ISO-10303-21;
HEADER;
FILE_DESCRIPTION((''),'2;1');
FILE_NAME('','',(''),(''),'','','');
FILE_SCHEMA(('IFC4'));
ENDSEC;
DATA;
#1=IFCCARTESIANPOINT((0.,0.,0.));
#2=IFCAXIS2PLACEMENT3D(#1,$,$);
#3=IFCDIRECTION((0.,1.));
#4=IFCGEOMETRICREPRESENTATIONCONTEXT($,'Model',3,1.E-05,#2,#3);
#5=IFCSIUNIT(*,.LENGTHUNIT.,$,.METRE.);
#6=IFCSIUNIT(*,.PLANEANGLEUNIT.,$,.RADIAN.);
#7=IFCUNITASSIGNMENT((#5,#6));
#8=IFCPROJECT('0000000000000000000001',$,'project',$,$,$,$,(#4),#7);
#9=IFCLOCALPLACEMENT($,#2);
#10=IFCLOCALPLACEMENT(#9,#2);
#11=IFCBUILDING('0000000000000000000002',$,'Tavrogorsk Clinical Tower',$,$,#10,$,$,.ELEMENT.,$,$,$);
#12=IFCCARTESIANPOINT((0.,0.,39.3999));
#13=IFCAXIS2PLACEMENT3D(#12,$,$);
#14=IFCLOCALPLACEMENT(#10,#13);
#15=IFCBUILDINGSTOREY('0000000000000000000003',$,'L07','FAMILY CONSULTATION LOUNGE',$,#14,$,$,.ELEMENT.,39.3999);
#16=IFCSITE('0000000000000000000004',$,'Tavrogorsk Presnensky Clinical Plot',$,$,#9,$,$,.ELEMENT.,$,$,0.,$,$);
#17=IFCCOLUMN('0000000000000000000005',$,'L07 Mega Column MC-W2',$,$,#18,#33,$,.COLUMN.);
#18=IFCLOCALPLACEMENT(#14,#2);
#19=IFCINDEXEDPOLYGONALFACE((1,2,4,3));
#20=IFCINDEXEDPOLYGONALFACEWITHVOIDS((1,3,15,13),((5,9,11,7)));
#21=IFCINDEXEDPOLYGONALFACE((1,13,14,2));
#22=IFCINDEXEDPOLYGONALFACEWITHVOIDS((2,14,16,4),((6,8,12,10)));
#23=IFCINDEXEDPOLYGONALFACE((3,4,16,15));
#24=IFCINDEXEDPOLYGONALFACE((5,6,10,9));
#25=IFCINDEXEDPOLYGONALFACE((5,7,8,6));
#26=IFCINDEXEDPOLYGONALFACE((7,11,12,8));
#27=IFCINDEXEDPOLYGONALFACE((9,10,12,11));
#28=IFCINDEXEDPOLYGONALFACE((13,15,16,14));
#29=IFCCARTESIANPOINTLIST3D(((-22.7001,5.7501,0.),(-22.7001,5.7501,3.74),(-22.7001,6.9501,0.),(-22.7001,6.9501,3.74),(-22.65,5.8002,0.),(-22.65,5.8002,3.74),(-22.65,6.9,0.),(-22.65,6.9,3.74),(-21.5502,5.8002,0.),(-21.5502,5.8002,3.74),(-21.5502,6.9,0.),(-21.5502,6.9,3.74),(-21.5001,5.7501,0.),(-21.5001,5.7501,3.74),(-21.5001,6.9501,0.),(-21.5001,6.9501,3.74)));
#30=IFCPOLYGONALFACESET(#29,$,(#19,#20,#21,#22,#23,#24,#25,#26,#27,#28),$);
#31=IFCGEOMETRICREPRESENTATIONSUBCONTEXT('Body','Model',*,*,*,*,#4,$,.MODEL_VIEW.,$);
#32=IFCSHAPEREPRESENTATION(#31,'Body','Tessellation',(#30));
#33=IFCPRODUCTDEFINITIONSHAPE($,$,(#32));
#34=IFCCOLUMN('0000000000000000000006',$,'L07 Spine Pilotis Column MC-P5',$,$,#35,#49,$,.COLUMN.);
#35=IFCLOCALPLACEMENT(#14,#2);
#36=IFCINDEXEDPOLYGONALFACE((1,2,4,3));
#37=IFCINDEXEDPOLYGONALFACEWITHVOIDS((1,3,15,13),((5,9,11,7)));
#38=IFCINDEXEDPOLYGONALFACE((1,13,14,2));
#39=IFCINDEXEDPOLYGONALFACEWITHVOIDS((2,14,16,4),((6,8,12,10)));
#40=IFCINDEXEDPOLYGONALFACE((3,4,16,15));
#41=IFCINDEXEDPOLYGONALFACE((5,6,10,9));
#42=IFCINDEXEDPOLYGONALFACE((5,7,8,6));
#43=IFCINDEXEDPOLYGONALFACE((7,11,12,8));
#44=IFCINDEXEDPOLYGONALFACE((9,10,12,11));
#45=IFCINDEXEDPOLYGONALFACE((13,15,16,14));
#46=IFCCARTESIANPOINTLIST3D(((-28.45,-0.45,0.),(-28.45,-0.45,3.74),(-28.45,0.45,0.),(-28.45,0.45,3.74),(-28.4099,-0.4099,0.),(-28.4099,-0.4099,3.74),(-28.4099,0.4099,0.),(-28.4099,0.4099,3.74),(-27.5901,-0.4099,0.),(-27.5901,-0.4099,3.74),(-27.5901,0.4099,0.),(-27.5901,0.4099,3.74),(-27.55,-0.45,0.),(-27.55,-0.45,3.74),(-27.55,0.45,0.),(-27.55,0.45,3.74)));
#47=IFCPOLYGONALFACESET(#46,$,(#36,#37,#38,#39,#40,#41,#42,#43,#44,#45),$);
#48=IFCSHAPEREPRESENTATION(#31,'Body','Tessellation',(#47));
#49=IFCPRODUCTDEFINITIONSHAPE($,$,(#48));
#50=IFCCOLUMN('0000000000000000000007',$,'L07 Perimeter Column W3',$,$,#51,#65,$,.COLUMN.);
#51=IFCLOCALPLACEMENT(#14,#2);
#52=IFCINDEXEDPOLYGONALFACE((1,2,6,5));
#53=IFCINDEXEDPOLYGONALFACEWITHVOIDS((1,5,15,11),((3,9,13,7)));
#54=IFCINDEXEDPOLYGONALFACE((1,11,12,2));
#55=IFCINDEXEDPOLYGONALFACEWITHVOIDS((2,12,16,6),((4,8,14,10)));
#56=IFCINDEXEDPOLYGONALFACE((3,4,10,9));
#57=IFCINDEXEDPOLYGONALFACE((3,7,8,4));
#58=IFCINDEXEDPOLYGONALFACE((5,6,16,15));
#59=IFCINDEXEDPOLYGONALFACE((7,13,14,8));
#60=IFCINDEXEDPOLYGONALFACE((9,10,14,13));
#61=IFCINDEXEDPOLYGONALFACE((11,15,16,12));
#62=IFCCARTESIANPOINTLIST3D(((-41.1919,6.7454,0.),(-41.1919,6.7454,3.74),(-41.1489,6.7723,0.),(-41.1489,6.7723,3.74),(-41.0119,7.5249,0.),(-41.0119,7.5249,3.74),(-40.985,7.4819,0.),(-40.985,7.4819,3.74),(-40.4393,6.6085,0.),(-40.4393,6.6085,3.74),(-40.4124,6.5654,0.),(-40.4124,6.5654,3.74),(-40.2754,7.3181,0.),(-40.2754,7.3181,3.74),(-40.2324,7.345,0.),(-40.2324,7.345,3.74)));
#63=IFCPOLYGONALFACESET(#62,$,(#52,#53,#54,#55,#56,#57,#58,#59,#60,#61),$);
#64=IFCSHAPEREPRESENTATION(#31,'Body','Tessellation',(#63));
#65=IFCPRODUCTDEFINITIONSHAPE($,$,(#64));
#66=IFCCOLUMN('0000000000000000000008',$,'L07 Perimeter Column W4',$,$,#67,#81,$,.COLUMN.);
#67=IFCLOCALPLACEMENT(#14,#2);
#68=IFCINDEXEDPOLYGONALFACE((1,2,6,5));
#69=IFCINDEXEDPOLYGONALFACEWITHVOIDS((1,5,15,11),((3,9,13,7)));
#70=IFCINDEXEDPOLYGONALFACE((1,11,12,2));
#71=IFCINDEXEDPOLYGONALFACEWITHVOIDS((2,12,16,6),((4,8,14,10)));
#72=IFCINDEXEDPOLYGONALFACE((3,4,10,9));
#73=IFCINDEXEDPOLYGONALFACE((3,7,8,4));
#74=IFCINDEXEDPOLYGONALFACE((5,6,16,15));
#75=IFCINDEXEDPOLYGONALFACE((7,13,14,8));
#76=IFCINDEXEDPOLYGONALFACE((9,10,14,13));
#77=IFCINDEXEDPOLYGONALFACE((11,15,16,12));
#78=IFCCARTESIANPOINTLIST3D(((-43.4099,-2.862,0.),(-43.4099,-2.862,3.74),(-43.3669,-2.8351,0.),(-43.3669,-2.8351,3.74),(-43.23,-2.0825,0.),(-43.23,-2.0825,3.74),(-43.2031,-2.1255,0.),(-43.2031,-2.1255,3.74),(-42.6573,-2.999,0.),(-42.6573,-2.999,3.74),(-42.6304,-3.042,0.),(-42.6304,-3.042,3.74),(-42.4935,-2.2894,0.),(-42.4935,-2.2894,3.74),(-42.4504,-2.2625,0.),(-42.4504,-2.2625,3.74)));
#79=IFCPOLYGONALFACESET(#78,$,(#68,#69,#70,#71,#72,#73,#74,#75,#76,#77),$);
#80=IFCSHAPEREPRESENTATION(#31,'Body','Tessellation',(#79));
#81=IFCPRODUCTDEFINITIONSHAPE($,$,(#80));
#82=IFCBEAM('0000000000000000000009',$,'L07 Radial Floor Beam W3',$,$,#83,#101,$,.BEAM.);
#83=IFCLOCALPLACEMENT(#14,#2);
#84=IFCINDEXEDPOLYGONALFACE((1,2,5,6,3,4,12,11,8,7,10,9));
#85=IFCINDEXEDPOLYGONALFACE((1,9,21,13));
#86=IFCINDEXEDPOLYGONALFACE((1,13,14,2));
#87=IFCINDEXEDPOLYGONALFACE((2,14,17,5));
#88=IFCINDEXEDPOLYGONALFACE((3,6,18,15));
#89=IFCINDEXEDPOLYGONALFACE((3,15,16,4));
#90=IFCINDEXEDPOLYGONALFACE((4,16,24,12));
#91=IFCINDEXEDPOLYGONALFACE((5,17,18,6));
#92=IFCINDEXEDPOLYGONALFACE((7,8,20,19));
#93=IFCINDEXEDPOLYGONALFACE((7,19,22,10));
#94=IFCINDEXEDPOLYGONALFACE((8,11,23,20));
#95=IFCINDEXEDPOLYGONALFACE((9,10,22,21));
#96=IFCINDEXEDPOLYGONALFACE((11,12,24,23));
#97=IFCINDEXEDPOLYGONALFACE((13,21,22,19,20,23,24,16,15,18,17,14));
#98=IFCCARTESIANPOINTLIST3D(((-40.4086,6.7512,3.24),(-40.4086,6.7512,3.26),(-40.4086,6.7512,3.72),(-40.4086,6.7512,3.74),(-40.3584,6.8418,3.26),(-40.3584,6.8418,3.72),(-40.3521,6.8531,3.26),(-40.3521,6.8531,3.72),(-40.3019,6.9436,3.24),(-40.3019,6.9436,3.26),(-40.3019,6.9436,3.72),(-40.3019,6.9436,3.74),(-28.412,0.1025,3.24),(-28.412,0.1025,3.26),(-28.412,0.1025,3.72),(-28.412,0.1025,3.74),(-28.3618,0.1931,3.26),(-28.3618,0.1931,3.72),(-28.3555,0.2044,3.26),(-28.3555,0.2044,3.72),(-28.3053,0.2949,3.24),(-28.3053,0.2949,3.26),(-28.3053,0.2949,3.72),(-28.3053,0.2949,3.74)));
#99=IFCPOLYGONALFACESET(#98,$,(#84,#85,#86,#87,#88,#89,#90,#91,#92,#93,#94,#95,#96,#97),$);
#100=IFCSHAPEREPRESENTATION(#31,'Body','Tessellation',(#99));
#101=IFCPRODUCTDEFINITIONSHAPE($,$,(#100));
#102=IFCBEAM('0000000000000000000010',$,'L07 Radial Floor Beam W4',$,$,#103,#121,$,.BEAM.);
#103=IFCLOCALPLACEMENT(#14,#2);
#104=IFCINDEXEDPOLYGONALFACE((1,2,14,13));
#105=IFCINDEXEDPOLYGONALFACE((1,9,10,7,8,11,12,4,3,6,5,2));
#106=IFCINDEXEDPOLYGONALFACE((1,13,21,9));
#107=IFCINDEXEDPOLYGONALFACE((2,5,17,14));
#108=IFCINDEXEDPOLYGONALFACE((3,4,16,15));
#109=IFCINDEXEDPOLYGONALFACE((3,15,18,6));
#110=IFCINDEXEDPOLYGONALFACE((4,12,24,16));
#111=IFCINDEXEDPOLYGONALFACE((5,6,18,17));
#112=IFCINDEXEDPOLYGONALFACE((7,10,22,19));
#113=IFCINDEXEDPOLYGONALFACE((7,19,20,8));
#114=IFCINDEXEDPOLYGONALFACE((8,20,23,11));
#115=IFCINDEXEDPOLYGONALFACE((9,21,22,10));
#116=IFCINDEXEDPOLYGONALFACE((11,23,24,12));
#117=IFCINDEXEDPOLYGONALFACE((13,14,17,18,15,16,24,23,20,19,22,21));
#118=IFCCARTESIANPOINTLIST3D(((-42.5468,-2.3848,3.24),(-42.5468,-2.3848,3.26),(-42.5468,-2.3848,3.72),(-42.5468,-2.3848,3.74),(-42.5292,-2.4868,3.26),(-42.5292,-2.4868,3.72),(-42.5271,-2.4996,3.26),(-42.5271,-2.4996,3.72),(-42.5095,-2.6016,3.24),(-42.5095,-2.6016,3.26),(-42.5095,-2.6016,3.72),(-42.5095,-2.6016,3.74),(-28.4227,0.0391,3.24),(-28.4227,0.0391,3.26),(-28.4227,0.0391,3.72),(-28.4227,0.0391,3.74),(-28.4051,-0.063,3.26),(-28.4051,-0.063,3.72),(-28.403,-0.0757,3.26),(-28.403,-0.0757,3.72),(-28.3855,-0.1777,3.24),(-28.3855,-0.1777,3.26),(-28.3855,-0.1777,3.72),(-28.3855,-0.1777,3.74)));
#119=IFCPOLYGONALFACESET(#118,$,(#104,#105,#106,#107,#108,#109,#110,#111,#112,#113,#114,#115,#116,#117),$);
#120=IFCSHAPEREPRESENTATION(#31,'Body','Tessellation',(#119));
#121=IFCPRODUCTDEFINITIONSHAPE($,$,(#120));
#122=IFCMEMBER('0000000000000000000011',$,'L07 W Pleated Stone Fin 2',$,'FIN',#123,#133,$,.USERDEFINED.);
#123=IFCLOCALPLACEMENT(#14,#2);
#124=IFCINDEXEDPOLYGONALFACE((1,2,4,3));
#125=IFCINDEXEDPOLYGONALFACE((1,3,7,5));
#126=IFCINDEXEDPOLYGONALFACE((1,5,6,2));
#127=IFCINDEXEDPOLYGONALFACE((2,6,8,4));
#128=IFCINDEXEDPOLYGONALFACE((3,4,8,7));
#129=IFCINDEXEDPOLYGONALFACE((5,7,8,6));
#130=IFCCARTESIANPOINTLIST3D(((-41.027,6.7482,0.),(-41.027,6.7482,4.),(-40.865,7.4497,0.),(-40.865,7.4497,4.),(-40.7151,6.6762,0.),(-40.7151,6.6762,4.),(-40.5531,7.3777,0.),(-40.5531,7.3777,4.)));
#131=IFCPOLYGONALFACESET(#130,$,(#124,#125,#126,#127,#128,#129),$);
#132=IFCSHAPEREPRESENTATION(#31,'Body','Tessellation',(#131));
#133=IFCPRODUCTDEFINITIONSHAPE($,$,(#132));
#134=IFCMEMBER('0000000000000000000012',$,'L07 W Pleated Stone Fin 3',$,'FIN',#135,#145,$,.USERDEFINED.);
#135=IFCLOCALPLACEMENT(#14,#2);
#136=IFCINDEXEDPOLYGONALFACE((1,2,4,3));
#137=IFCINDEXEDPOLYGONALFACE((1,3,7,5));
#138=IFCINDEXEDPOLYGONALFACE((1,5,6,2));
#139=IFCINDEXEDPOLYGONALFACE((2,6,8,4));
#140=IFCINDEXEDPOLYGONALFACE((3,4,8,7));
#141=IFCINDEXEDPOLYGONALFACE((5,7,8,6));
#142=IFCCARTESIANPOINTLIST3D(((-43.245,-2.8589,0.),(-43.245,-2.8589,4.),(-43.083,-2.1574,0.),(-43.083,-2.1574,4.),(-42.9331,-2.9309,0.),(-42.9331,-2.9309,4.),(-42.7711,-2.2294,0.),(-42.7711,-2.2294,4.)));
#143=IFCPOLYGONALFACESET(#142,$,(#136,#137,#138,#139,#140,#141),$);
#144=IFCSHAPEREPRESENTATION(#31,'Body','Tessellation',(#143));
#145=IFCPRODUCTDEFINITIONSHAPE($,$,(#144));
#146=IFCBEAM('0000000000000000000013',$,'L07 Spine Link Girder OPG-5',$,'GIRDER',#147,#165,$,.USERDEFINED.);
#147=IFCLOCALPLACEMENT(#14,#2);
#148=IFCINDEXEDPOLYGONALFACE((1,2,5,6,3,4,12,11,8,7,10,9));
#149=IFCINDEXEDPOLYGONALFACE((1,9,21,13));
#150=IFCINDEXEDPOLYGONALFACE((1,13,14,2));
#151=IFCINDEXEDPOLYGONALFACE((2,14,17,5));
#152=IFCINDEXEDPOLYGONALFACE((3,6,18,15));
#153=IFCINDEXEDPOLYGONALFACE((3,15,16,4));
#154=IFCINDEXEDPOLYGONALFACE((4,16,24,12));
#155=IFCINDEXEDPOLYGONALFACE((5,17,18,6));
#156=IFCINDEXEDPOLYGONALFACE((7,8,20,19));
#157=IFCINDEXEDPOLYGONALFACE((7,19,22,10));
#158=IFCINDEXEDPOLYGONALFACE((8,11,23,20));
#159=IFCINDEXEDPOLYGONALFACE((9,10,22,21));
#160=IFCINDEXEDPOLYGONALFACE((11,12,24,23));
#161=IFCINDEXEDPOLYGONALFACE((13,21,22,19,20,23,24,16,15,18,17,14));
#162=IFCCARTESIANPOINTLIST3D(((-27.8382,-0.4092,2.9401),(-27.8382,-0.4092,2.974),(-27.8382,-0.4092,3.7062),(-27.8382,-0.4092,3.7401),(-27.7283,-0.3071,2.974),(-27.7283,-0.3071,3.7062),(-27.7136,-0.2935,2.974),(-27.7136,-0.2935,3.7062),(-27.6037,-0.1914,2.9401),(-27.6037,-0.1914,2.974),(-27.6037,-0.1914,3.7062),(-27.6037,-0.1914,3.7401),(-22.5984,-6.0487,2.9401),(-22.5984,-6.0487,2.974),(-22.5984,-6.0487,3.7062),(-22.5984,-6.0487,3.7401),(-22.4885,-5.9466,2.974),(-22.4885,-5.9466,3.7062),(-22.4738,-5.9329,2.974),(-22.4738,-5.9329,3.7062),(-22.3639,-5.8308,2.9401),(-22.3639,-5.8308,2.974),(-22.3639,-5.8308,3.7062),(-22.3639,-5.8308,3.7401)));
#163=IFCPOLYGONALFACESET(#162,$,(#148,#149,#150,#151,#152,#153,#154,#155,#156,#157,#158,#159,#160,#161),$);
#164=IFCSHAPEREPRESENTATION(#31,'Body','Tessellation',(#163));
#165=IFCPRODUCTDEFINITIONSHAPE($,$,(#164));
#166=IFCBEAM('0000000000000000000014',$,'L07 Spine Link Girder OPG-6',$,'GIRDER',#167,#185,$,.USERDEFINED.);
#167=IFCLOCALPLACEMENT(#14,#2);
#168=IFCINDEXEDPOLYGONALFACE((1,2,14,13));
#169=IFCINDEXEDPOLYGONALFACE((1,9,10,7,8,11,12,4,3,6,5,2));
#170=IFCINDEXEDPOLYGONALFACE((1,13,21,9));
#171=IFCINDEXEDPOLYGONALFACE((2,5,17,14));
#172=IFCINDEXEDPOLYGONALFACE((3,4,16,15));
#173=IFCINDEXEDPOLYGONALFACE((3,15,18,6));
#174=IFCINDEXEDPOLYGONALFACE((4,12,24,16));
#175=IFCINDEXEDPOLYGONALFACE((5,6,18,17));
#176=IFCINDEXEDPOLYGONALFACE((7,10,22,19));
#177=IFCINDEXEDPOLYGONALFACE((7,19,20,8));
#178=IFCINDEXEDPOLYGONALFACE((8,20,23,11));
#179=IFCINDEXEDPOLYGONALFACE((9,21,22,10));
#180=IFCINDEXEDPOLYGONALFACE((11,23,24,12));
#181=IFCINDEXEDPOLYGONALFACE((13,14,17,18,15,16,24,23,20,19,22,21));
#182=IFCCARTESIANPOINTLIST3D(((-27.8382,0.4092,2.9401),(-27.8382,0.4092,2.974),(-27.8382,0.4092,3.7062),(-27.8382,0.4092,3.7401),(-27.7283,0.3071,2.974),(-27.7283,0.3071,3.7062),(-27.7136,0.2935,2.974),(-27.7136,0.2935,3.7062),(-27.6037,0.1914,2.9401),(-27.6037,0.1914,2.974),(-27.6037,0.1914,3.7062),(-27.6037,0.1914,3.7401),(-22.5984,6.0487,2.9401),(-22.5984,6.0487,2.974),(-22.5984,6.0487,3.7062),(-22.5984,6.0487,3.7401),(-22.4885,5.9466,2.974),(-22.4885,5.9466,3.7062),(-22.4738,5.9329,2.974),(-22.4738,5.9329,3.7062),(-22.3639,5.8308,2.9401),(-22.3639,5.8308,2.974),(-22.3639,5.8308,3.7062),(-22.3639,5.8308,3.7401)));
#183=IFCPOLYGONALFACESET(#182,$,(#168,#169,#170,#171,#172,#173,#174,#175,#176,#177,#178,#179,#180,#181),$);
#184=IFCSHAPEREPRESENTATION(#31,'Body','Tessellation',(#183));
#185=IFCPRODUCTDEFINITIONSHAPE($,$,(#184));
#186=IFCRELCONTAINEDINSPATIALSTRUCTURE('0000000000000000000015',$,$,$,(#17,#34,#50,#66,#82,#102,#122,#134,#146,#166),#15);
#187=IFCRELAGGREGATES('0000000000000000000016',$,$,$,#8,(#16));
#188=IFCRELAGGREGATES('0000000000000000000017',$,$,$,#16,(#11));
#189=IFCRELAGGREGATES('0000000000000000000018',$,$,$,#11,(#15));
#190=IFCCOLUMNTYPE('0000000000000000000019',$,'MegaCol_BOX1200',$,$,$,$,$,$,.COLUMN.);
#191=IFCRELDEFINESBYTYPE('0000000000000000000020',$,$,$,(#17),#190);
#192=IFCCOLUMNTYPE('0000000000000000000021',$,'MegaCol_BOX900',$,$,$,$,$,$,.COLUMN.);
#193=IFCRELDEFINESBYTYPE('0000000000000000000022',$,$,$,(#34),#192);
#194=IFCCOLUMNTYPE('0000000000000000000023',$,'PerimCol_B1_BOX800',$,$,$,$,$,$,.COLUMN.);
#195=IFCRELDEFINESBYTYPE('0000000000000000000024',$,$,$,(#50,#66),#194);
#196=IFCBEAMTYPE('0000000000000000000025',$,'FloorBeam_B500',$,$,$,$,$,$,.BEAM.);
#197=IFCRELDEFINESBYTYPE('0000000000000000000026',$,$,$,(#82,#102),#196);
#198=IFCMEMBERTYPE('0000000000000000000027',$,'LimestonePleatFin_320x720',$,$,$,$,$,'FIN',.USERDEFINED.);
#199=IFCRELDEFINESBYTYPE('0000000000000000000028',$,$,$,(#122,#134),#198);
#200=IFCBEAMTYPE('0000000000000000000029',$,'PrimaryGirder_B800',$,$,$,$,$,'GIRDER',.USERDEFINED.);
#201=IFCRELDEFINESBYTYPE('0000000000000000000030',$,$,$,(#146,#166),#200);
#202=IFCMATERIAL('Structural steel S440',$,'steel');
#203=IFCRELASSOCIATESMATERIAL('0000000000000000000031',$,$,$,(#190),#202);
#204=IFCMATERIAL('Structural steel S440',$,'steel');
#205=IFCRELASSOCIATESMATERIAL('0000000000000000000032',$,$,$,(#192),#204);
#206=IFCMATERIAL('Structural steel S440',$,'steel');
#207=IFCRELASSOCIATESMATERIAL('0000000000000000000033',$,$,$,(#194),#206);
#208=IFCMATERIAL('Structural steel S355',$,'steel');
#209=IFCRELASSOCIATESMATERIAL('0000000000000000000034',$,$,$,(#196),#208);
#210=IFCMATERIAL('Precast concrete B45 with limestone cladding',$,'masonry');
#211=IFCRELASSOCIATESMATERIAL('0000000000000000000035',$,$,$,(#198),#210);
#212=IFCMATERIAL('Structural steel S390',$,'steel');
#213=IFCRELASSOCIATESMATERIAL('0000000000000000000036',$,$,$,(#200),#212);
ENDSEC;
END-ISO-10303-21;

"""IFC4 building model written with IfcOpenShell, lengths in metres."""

from ifc_helpers import new_model, si_unit, direction, frame, origin, origin_2d, place, context, subcontext, project, spatial, rectangle, hollow_rectangle, i_section, extrude, material, material_profile, profile_set, type_object, element, save


model = new_model("IFC4")

# Units and contexts
model_context = context("Model", 3, precision=1e-05, world=origin(), true_north=direction((0.0, 1.0)))
body_context = subcontext(model_context, "Body", "Model", "MODEL_VIEW")
ifc_project = project(units=[si_unit("LENGTHUNIT", "METRE"), si_unit("PLANEANGLEUNIT", "RADIAN")], contexts=[model_context])

# Site, building, storey
site_placement = place(None, origin())
site = spatial("IfcSite", under=ifc_project, at=site_placement, Name="Tavrogorsk Presnensky Clinical Plot", CompositionType="ELEMENT", RefElevation=0.0)
building_placement = place(site_placement, origin())
building = spatial("IfcBuilding", under=site, at=building_placement, Name="Tavrogorsk Clinical Tower", CompositionType="ELEMENT")
storey_placement = place(building_placement, frame((0.0, 0.0, 39.3999)))
storey = spatial("IfcBuildingStorey", under=building, at=storey_placement, Name="L07", Description="FAMILY CONSULTATION LOUNGE", CompositionType="ELEMENT", Elevation=39.3999)

# Columns
ifc_material_1 = material(Name="Structural steel S440", Category="steel")
ifc_material_profile_1 = material_profile(ifc_material_1, hollow_rectangle(XDim=1.2, YDim=1.2, WallThickness=0.05, at=origin_2d()), Name="BOX-1200x1200x50")
ifc_profile_set_1 = profile_set([ifc_material_profile_1], Name="Structural steel S440")
column_type_1 = type_object("IfcColumnType", Name="MegaCol_BOX1200", PredefinedType="COLUMN", material=ifc_profile_set_1)
column_1_placement = place(storey_placement, frame((-22.1001, 6.3501, 0.0), z_axis=(0.0, 0.0, 1.0), x_axis=(1.0, 0.0, 0.0)))
element("IfcColumn", 1, at=column_1_placement, inside=storey, type_object=column_type_1, Name="L07 Mega Column MC-W2", PredefinedType="COLUMN", context=body_context, shape_type="SweptSolid", body=[
    extrude(hollow_rectangle(XDim=1.2, YDim=1.2, WallThickness=0.05, at=origin_2d()), origin(), (0.0, 0.0, 1.0), 3.74),
])
ifc_material_2 = material(Name="Structural steel S440", Category="steel")
ifc_material_profile_2 = material_profile(ifc_material_2, hollow_rectangle(XDim=0.8999, YDim=0.8999, WallThickness=0.04, at=origin_2d()), Name="BOX-900x900x40")
ifc_profile_set_2 = profile_set([ifc_material_profile_2], Name="Structural steel S440")
column_type_2 = type_object("IfcColumnType", Name="MegaCol_BOX900", PredefinedType="COLUMN", material=ifc_profile_set_2)
column_2_placement = place(storey_placement, frame((-28.0, 0.0, 0.0), z_axis=(0.0, 0.0, 1.0), x_axis=(1.0, 0.0, 0.0)))
element("IfcColumn", 2, at=column_2_placement, inside=storey, type_object=column_type_2, Name="L07 Spine Pilotis Column MC-P5", PredefinedType="COLUMN", context=body_context, shape_type="SweptSolid", body=[
    extrude(hollow_rectangle(XDim=0.8999, YDim=0.8999, WallThickness=0.04, at=origin_2d()), origin(), (0.0, 0.0, 1.0), 3.74),
])
ifc_material_3 = material(Name="Structural steel S440", Category="steel")
ifc_material_profile_3 = material_profile(ifc_material_3, hollow_rectangle(XDim=0.8, YDim=0.8, WallThickness=0.0359, at=origin_2d()), Name="BOX-800x800x36")
ifc_profile_set_3 = profile_set([ifc_material_profile_3], Name="Structural steel S440")
column_type_3 = type_object("IfcColumnType", Name="PerimCol_B1_BOX800", PredefinedType="COLUMN", material=ifc_profile_set_3)
for number, where, z_axis, x_axis, name in (
    (3, (-40.7122, 7.0452, 0.0), (0.0, 0.0, 1.0), (0.97437, -0.224951, 0.0), "L07 Perimeter Column W3"),
    (4, (-42.9302, -2.5623, 0.0), (0.0, 0.0, 1.0), (0.97437, -0.224951, 0.0), "L07 Perimeter Column W4"),
):
    element("IfcColumn", number, at=place(storey_placement, frame(where, z_axis=z_axis, x_axis=x_axis)), inside=storey, type_object=column_type_3, Name=name, PredefinedType="COLUMN", context=body_context, shape_type="SweptSolid", body=[
        extrude(hollow_rectangle(XDim=0.8, YDim=0.8, WallThickness=0.0359, at=origin_2d()), origin(), (0.0, 0.0, 1.0), 3.74),
    ])

# Beams
ifc_material_4 = material(Name="Structural steel S355", Category="steel")
ifc_material_profile_4 = material_profile(ifc_material_4, i_section(OverallWidth=0.22, OverallDepth=0.5, WebThickness=0.0129, FlangeThickness=0.02, at=origin_2d()), Name="B-500x220x13x20")
ifc_profile_set_4 = profile_set([ifc_material_profile_4], Name="Structural steel S355")
beam_type_1 = type_object("IfcBeamType", Name="FloorBeam_B500", PredefinedType="BEAM", material=ifc_profile_set_4)
beam_1_placement = place(storey_placement, frame((-28.3586, 0.1987, 3.49), z_axis=(-0.874655, 0.484746, 0.0), x_axis=(-0.484746, -0.874655, 0.0)))
element("IfcBeam", 5, at=beam_1_placement, inside=storey, type_object=beam_type_1, Name="L07 Radial Floor Beam W3", PredefinedType="BEAM", context=body_context, shape_type="SweptSolid", body=[
    extrude(i_section(OverallWidth=0.22, OverallDepth=0.5, WebThickness=0.0129, FlangeThickness=0.02, at=origin_2d()), origin(), (0.0, 0.0, 1.0), 13.7158),
])
beam_2_placement = place(storey_placement, frame((-28.4041, -0.0693, 3.49), z_axis=(-0.985592, -0.169138, 0.0), x_axis=(0.169138, -0.985592, 0.0)))
element("IfcBeam", 6, at=beam_2_placement, inside=storey, type_object=beam_type_1, Name="L07 Radial Floor Beam W4", PredefinedType="BEAM", context=body_context, shape_type="SweptSolid", body=[
    extrude(i_section(OverallWidth=0.22, OverallDepth=0.5, WebThickness=0.0129, FlangeThickness=0.02, at=origin_2d()), origin(), (0.0, 0.0, 1.0), 14.3306),
])

# Members
ifc_material_5 = material(Name="Precast concrete B45 with limestone cladding", Category="masonry")
ifc_material_profile_5 = material_profile(ifc_material_5, rectangle(XDim=0.3201, YDim=0.72, at=origin_2d()), Name="LIMESTONE-FIN-320x720")
ifc_profile_set_5 = profile_set([ifc_material_profile_5], Name="Precast concrete B45 with limestone cladding")
member_type = type_object("IfcMemberType", Name="LimestonePleatFin_320x720", ElementType="FIN", PredefinedType="USERDEFINED", material=ifc_profile_set_5)
for number, where, z_axis, x_axis, name in (
    (7, (-40.79, 7.063, 0.0), (0.0, 0.0, 1.0), (0.97437, -0.224951, 0.0), "L07 W Pleated Stone Fin 2"),
    (8, (-43.0081, -2.5442, 0.0), (0.0, 0.0, 1.0), (0.97437, -0.224951, 0.0), "L07 W Pleated Stone Fin 3"),
):
    element("IfcMember", number, at=place(storey_placement, frame(where, z_axis=z_axis, x_axis=x_axis)), inside=storey, type_object=member_type, Name=name, ObjectType="FIN", PredefinedType="USERDEFINED", context=body_context, shape_type="SweptSolid", body=[
        extrude(rectangle(XDim=0.3201, YDim=0.72, at=origin_2d()), origin(), (0.0, 0.0, 1.0), 4.0),
    ])

# Beams
ifc_material_6 = material(Name="Structural steel S390", Category="steel")
ifc_material_profile_6 = material_profile(ifc_material_6, i_section(OverallWidth=0.3201, OverallDepth=0.8, WebThickness=0.02, FlangeThickness=0.0339, at=origin_2d()), Name="B-800x320x20x34")
ifc_profile_set_6 = profile_set([ifc_material_profile_6], Name="Structural steel S390")
beam_type_2 = type_object("IfcBeamType", Name="PrimaryGirder_B800", ElementType="GIRDER", PredefinedType="USERDEFINED", material=ifc_profile_set_6)
for number, where, z_axis, x_axis, name in (
    (9, (-27.7209, -0.3003, 3.3401), (0.680671, -0.732589, 0.0), (0.732589, 0.680671, 0.0), "L07 Spine Link Girder OPG-5"),
    (10, (-27.7209, 0.3003, 3.3401), (0.680671, 0.732589, 0.0), (-0.732589, 0.680671, 0.0), "L07 Spine Link Girder OPG-6"),
):
    element("IfcBeam", number, at=place(storey_placement, frame(where, z_axis=z_axis, x_axis=x_axis)), inside=storey, type_object=beam_type_2, Name=name, ObjectType="GIRDER", PredefinedType="USERDEFINED", context=body_context, shape_type="SweptSolid", body=[
        extrude(i_section(OverallWidth=0.3201, OverallDepth=0.8, WebThickness=0.02, FlangeThickness=0.0339, at=origin_2d()), origin(), (0.0, 0.0, 1.0), 7.698),
    ])

save(model, "model.ifc")
